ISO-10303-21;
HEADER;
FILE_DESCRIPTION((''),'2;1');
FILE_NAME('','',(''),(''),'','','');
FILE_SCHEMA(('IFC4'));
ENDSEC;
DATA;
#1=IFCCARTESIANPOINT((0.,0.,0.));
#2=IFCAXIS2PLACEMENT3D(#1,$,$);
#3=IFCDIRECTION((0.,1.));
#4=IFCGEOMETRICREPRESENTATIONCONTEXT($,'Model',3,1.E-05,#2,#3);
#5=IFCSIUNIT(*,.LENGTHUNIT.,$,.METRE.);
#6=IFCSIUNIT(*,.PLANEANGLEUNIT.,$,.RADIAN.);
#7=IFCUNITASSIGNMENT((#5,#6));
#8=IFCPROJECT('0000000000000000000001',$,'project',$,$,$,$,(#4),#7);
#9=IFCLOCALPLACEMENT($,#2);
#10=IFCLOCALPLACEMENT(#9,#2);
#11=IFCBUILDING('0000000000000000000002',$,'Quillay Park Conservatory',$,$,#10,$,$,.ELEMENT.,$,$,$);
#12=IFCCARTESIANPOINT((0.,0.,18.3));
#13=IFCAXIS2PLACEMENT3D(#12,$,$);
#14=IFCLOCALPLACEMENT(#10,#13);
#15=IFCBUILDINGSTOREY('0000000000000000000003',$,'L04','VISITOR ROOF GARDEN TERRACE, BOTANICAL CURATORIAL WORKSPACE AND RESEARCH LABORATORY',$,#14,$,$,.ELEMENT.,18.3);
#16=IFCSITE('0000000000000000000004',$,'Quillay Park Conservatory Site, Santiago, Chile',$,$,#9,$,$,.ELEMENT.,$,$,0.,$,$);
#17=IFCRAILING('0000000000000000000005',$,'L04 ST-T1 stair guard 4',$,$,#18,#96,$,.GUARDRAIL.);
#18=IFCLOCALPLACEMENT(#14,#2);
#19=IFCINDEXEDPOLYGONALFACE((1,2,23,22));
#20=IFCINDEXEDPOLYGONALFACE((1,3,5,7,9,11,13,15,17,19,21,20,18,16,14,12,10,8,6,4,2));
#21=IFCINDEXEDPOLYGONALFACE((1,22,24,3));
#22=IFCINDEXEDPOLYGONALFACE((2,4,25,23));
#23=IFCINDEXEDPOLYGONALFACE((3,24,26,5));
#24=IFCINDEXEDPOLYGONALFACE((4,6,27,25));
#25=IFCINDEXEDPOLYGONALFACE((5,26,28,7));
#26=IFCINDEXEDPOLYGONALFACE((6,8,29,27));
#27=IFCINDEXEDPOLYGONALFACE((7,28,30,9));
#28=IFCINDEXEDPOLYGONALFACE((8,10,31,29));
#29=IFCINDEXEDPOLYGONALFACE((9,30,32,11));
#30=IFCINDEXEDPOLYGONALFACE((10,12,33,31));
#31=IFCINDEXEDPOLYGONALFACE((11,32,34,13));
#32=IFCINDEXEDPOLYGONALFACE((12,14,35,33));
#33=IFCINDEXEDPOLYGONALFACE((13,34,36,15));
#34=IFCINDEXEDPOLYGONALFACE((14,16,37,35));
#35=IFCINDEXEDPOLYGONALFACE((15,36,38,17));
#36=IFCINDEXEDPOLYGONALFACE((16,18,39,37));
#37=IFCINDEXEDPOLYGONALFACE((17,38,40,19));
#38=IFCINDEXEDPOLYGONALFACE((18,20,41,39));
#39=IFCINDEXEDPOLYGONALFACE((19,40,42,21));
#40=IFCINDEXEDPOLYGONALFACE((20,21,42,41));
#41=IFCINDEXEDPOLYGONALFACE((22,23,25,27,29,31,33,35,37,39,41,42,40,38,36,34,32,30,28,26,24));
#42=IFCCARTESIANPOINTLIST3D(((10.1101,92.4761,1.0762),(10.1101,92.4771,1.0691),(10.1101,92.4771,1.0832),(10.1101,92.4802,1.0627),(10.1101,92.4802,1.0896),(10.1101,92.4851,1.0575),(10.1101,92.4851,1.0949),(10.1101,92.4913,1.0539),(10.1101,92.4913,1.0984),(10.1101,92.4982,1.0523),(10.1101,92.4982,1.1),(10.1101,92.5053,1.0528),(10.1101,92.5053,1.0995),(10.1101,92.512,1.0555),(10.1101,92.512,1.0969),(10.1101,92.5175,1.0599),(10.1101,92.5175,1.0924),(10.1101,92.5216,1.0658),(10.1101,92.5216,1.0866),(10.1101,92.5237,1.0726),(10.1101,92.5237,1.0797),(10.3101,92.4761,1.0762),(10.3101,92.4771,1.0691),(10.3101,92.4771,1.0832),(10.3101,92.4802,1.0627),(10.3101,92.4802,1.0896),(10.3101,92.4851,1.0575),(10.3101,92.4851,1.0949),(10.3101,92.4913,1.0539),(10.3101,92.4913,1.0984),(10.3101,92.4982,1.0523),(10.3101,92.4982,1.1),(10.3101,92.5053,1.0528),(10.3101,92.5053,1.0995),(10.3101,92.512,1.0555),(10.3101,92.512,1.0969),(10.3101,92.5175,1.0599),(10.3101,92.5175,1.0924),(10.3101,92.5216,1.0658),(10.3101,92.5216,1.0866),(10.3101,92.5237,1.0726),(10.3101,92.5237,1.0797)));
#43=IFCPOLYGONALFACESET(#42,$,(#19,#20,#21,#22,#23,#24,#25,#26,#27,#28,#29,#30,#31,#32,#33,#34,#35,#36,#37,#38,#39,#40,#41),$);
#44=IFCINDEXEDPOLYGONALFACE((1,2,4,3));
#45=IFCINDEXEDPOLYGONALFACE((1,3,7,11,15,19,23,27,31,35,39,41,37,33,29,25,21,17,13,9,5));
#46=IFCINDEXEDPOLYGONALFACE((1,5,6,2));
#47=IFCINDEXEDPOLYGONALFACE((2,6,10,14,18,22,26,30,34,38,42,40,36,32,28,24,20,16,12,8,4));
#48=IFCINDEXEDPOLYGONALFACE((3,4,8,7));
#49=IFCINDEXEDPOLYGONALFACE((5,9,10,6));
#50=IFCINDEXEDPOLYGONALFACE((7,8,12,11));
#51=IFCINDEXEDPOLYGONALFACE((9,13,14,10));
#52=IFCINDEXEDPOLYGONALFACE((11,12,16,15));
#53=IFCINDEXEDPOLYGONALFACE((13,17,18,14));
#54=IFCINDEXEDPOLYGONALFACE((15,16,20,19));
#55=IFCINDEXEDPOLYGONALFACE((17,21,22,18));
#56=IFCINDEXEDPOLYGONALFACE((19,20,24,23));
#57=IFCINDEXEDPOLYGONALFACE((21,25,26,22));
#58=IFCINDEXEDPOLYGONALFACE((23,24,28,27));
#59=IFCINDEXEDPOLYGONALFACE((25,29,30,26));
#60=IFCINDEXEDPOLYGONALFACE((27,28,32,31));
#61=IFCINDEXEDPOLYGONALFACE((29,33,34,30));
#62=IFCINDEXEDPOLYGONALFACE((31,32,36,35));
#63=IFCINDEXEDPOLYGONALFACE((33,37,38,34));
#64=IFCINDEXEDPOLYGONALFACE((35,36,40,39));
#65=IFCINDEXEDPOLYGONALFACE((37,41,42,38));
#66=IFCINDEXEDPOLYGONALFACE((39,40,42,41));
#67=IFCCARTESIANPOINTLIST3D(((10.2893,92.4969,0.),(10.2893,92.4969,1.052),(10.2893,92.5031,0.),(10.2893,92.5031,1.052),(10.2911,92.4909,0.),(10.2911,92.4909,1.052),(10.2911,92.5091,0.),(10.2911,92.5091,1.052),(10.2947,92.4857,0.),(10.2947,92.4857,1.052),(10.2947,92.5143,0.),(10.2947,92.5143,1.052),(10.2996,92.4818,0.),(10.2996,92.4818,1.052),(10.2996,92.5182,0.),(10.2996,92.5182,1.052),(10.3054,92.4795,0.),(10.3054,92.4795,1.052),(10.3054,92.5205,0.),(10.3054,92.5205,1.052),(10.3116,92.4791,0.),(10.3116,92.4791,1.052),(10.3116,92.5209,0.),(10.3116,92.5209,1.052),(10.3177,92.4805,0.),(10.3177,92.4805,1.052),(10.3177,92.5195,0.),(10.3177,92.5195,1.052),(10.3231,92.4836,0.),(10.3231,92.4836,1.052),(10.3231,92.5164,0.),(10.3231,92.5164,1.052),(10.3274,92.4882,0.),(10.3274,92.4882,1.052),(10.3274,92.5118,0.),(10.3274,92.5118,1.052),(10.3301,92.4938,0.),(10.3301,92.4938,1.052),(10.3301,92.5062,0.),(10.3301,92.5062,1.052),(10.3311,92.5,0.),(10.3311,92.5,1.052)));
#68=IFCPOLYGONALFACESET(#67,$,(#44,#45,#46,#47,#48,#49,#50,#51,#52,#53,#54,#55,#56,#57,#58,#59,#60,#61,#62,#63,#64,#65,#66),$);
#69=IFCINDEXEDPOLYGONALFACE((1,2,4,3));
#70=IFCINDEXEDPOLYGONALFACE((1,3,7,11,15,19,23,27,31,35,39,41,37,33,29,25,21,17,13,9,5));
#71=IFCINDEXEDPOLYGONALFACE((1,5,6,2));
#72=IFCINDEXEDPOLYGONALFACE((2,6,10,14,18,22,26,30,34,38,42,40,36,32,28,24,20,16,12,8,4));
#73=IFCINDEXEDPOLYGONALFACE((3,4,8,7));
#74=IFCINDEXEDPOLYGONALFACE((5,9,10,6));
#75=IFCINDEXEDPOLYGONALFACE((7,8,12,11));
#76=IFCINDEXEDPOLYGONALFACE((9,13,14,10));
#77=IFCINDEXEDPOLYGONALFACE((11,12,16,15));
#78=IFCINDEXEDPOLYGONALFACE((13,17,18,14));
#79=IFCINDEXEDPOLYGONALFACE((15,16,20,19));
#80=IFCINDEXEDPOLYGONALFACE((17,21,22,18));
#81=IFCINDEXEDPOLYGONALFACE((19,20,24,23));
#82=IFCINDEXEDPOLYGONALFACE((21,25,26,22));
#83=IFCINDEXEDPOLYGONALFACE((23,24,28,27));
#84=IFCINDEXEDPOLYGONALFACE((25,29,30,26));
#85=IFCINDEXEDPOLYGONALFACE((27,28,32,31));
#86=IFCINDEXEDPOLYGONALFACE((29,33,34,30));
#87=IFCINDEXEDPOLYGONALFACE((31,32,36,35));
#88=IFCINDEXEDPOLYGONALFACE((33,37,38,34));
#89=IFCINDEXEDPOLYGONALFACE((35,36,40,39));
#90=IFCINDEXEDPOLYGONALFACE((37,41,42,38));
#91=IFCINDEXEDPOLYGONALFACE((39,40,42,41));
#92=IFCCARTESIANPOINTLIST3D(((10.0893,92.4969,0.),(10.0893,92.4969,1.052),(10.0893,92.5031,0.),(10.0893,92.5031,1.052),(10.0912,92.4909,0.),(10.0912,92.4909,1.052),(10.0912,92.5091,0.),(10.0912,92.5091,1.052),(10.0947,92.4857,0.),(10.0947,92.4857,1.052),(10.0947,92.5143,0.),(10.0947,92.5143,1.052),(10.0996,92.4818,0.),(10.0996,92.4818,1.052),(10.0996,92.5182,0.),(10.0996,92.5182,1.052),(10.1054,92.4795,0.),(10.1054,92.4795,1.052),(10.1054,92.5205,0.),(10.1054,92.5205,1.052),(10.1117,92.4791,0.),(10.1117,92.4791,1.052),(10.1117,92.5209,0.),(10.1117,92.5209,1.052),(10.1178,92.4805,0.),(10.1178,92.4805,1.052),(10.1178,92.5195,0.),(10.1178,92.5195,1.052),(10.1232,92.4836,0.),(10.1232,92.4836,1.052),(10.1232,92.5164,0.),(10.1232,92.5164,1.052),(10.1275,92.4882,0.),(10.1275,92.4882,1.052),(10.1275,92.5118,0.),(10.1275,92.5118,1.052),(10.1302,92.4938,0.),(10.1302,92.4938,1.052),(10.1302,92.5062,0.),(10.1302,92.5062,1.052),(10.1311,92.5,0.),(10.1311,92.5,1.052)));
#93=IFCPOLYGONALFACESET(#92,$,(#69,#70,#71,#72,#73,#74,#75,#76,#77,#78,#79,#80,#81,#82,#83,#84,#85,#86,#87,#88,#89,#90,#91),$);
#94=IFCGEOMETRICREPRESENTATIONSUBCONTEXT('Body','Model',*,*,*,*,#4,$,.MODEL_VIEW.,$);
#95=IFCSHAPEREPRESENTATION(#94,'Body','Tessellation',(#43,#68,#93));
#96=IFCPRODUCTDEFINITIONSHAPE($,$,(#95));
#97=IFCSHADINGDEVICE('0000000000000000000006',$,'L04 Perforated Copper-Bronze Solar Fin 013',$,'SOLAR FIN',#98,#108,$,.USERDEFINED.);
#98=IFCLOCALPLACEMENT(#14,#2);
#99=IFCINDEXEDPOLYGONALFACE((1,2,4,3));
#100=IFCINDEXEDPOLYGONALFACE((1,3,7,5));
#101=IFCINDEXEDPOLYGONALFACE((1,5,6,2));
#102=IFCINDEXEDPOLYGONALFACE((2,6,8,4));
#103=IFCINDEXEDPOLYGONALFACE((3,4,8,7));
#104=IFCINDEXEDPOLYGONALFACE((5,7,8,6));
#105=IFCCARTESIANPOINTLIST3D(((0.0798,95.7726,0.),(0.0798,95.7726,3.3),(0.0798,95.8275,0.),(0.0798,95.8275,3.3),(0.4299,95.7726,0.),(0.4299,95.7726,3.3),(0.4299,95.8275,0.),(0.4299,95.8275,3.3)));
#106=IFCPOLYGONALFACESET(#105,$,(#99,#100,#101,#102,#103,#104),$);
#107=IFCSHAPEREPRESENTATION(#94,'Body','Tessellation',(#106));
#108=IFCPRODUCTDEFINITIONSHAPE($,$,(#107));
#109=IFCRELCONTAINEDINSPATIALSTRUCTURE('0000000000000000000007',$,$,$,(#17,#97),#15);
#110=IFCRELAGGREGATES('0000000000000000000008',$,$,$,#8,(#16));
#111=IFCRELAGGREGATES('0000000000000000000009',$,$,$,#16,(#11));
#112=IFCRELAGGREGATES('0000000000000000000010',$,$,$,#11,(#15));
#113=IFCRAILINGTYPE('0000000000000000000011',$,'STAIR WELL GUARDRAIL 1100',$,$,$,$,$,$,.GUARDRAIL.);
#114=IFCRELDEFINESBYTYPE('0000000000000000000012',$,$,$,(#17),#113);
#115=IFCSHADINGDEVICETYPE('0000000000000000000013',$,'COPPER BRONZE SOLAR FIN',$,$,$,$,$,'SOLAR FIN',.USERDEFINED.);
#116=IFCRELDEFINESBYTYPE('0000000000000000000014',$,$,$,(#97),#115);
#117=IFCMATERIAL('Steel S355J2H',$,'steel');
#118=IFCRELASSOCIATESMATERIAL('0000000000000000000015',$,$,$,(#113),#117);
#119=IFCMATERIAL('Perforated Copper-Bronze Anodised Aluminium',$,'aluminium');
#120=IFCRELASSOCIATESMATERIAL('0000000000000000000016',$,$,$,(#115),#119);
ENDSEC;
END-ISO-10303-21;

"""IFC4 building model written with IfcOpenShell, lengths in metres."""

from ifc_helpers import new_model, si_unit, direction, frame, origin, origin_2d, place, context, subcontext, project, spatial, rectangle, circle, extrude, material, type_object, element, save


model = new_model("IFC4")

# Units and contexts
model_context = context("Model", 3, precision=1e-05, world=origin(), true_north=direction((0.0, 1.0)))
body_context = subcontext(model_context, "Body", "Model", "MODEL_VIEW")
ifc_project = project(units=[si_unit("LENGTHUNIT", "METRE"), si_unit("PLANEANGLEUNIT", "RADIAN")], contexts=[model_context])

# Site, building, storey
site_placement = place(None, origin())
site = spatial("IfcSite", under=ifc_project, at=site_placement, Name="Quillay Park Conservatory Site, Santiago, Chile", CompositionType="ELEMENT", RefElevation=0.0)
building_placement = place(site_placement, origin())
building = spatial("IfcBuilding", under=site, at=building_placement, Name="Quillay Park Conservatory", CompositionType="ELEMENT")
storey_placement = place(building_placement, frame((0.0, 0.0, 18.3)))
storey = spatial("IfcBuildingStorey", under=building, at=storey_placement, Name="L04", Description="VISITOR ROOF GARDEN TERRACE, BOTANICAL CURATORIAL WORKSPACE AND RESEARCH LABORATORY", CompositionType="ELEMENT", Elevation=18.3)

# Railing
ifc_material_1 = material(Name="Steel S355J2H", Category="steel")
railing_type_1 = type_object("IfcRailingType", Name="STAIR WELL GUARDRAIL 1100", PredefinedType="GUARDRAIL", material=ifc_material_1)
railing_1_placement = place(storey_placement, frame((10.3101, 92.5, 0.0)))
element("IfcRailing", 1, at=railing_1_placement, inside=storey, type_object=railing_type_1, Name="L04 ST-T1 stair guard 4", PredefinedType="GUARDRAIL", context=body_context, shape_type="SweptSolid", body=[
    extrude(circle(Radius=0.0239, at=origin_2d()), frame((0.0, 0.0, 1.0762), z_axis=(-1.0, 0.0, 0.0), x_axis=(0.0, -1.0, 0.0)), (0.0, 0.0, 1.0), 0.2),
    extrude(circle(Radius=0.021, at=origin_2d()), origin(), (0.0, 0.0, 1.0), 1.052),
    extrude(circle(Radius=0.021, at=origin_2d()), frame((-0.2, 0.0, 0.0)), (0.0, 0.0, 1.0), 1.052),
])

# Shading device
ifc_material_2 = material(Name="Perforated Copper-Bronze Anodised Aluminium", Category="aluminium")
shading_device_type = type_object("IfcShadingDeviceType", Name="COPPER BRONZE SOLAR FIN", ElementType="SOLAR FIN", PredefinedType="USERDEFINED", material=ifc_material_2)
shading_device_placement = place(storey_placement, frame((0.2549, 95.8, 0.0), z_axis=(0.0, 0.0, 1.0), x_axis=(1.0, 0.0, 0.0)))
element("IfcShadingDevice", 2, at=shading_device_placement, inside=storey, type_object=shading_device_type, Name="L04 Perforated Copper-Bronze Solar Fin 013", ObjectType="SOLAR FIN", PredefinedType="USERDEFINED", context=body_context, shape_type="SweptSolid", body=[
    extrude(rectangle(XDim=0.3501, YDim=0.0549, at=origin_2d()), origin(), (0.0, 0.0, 1.0), 3.3),
])

save(model, "model.ifc")
